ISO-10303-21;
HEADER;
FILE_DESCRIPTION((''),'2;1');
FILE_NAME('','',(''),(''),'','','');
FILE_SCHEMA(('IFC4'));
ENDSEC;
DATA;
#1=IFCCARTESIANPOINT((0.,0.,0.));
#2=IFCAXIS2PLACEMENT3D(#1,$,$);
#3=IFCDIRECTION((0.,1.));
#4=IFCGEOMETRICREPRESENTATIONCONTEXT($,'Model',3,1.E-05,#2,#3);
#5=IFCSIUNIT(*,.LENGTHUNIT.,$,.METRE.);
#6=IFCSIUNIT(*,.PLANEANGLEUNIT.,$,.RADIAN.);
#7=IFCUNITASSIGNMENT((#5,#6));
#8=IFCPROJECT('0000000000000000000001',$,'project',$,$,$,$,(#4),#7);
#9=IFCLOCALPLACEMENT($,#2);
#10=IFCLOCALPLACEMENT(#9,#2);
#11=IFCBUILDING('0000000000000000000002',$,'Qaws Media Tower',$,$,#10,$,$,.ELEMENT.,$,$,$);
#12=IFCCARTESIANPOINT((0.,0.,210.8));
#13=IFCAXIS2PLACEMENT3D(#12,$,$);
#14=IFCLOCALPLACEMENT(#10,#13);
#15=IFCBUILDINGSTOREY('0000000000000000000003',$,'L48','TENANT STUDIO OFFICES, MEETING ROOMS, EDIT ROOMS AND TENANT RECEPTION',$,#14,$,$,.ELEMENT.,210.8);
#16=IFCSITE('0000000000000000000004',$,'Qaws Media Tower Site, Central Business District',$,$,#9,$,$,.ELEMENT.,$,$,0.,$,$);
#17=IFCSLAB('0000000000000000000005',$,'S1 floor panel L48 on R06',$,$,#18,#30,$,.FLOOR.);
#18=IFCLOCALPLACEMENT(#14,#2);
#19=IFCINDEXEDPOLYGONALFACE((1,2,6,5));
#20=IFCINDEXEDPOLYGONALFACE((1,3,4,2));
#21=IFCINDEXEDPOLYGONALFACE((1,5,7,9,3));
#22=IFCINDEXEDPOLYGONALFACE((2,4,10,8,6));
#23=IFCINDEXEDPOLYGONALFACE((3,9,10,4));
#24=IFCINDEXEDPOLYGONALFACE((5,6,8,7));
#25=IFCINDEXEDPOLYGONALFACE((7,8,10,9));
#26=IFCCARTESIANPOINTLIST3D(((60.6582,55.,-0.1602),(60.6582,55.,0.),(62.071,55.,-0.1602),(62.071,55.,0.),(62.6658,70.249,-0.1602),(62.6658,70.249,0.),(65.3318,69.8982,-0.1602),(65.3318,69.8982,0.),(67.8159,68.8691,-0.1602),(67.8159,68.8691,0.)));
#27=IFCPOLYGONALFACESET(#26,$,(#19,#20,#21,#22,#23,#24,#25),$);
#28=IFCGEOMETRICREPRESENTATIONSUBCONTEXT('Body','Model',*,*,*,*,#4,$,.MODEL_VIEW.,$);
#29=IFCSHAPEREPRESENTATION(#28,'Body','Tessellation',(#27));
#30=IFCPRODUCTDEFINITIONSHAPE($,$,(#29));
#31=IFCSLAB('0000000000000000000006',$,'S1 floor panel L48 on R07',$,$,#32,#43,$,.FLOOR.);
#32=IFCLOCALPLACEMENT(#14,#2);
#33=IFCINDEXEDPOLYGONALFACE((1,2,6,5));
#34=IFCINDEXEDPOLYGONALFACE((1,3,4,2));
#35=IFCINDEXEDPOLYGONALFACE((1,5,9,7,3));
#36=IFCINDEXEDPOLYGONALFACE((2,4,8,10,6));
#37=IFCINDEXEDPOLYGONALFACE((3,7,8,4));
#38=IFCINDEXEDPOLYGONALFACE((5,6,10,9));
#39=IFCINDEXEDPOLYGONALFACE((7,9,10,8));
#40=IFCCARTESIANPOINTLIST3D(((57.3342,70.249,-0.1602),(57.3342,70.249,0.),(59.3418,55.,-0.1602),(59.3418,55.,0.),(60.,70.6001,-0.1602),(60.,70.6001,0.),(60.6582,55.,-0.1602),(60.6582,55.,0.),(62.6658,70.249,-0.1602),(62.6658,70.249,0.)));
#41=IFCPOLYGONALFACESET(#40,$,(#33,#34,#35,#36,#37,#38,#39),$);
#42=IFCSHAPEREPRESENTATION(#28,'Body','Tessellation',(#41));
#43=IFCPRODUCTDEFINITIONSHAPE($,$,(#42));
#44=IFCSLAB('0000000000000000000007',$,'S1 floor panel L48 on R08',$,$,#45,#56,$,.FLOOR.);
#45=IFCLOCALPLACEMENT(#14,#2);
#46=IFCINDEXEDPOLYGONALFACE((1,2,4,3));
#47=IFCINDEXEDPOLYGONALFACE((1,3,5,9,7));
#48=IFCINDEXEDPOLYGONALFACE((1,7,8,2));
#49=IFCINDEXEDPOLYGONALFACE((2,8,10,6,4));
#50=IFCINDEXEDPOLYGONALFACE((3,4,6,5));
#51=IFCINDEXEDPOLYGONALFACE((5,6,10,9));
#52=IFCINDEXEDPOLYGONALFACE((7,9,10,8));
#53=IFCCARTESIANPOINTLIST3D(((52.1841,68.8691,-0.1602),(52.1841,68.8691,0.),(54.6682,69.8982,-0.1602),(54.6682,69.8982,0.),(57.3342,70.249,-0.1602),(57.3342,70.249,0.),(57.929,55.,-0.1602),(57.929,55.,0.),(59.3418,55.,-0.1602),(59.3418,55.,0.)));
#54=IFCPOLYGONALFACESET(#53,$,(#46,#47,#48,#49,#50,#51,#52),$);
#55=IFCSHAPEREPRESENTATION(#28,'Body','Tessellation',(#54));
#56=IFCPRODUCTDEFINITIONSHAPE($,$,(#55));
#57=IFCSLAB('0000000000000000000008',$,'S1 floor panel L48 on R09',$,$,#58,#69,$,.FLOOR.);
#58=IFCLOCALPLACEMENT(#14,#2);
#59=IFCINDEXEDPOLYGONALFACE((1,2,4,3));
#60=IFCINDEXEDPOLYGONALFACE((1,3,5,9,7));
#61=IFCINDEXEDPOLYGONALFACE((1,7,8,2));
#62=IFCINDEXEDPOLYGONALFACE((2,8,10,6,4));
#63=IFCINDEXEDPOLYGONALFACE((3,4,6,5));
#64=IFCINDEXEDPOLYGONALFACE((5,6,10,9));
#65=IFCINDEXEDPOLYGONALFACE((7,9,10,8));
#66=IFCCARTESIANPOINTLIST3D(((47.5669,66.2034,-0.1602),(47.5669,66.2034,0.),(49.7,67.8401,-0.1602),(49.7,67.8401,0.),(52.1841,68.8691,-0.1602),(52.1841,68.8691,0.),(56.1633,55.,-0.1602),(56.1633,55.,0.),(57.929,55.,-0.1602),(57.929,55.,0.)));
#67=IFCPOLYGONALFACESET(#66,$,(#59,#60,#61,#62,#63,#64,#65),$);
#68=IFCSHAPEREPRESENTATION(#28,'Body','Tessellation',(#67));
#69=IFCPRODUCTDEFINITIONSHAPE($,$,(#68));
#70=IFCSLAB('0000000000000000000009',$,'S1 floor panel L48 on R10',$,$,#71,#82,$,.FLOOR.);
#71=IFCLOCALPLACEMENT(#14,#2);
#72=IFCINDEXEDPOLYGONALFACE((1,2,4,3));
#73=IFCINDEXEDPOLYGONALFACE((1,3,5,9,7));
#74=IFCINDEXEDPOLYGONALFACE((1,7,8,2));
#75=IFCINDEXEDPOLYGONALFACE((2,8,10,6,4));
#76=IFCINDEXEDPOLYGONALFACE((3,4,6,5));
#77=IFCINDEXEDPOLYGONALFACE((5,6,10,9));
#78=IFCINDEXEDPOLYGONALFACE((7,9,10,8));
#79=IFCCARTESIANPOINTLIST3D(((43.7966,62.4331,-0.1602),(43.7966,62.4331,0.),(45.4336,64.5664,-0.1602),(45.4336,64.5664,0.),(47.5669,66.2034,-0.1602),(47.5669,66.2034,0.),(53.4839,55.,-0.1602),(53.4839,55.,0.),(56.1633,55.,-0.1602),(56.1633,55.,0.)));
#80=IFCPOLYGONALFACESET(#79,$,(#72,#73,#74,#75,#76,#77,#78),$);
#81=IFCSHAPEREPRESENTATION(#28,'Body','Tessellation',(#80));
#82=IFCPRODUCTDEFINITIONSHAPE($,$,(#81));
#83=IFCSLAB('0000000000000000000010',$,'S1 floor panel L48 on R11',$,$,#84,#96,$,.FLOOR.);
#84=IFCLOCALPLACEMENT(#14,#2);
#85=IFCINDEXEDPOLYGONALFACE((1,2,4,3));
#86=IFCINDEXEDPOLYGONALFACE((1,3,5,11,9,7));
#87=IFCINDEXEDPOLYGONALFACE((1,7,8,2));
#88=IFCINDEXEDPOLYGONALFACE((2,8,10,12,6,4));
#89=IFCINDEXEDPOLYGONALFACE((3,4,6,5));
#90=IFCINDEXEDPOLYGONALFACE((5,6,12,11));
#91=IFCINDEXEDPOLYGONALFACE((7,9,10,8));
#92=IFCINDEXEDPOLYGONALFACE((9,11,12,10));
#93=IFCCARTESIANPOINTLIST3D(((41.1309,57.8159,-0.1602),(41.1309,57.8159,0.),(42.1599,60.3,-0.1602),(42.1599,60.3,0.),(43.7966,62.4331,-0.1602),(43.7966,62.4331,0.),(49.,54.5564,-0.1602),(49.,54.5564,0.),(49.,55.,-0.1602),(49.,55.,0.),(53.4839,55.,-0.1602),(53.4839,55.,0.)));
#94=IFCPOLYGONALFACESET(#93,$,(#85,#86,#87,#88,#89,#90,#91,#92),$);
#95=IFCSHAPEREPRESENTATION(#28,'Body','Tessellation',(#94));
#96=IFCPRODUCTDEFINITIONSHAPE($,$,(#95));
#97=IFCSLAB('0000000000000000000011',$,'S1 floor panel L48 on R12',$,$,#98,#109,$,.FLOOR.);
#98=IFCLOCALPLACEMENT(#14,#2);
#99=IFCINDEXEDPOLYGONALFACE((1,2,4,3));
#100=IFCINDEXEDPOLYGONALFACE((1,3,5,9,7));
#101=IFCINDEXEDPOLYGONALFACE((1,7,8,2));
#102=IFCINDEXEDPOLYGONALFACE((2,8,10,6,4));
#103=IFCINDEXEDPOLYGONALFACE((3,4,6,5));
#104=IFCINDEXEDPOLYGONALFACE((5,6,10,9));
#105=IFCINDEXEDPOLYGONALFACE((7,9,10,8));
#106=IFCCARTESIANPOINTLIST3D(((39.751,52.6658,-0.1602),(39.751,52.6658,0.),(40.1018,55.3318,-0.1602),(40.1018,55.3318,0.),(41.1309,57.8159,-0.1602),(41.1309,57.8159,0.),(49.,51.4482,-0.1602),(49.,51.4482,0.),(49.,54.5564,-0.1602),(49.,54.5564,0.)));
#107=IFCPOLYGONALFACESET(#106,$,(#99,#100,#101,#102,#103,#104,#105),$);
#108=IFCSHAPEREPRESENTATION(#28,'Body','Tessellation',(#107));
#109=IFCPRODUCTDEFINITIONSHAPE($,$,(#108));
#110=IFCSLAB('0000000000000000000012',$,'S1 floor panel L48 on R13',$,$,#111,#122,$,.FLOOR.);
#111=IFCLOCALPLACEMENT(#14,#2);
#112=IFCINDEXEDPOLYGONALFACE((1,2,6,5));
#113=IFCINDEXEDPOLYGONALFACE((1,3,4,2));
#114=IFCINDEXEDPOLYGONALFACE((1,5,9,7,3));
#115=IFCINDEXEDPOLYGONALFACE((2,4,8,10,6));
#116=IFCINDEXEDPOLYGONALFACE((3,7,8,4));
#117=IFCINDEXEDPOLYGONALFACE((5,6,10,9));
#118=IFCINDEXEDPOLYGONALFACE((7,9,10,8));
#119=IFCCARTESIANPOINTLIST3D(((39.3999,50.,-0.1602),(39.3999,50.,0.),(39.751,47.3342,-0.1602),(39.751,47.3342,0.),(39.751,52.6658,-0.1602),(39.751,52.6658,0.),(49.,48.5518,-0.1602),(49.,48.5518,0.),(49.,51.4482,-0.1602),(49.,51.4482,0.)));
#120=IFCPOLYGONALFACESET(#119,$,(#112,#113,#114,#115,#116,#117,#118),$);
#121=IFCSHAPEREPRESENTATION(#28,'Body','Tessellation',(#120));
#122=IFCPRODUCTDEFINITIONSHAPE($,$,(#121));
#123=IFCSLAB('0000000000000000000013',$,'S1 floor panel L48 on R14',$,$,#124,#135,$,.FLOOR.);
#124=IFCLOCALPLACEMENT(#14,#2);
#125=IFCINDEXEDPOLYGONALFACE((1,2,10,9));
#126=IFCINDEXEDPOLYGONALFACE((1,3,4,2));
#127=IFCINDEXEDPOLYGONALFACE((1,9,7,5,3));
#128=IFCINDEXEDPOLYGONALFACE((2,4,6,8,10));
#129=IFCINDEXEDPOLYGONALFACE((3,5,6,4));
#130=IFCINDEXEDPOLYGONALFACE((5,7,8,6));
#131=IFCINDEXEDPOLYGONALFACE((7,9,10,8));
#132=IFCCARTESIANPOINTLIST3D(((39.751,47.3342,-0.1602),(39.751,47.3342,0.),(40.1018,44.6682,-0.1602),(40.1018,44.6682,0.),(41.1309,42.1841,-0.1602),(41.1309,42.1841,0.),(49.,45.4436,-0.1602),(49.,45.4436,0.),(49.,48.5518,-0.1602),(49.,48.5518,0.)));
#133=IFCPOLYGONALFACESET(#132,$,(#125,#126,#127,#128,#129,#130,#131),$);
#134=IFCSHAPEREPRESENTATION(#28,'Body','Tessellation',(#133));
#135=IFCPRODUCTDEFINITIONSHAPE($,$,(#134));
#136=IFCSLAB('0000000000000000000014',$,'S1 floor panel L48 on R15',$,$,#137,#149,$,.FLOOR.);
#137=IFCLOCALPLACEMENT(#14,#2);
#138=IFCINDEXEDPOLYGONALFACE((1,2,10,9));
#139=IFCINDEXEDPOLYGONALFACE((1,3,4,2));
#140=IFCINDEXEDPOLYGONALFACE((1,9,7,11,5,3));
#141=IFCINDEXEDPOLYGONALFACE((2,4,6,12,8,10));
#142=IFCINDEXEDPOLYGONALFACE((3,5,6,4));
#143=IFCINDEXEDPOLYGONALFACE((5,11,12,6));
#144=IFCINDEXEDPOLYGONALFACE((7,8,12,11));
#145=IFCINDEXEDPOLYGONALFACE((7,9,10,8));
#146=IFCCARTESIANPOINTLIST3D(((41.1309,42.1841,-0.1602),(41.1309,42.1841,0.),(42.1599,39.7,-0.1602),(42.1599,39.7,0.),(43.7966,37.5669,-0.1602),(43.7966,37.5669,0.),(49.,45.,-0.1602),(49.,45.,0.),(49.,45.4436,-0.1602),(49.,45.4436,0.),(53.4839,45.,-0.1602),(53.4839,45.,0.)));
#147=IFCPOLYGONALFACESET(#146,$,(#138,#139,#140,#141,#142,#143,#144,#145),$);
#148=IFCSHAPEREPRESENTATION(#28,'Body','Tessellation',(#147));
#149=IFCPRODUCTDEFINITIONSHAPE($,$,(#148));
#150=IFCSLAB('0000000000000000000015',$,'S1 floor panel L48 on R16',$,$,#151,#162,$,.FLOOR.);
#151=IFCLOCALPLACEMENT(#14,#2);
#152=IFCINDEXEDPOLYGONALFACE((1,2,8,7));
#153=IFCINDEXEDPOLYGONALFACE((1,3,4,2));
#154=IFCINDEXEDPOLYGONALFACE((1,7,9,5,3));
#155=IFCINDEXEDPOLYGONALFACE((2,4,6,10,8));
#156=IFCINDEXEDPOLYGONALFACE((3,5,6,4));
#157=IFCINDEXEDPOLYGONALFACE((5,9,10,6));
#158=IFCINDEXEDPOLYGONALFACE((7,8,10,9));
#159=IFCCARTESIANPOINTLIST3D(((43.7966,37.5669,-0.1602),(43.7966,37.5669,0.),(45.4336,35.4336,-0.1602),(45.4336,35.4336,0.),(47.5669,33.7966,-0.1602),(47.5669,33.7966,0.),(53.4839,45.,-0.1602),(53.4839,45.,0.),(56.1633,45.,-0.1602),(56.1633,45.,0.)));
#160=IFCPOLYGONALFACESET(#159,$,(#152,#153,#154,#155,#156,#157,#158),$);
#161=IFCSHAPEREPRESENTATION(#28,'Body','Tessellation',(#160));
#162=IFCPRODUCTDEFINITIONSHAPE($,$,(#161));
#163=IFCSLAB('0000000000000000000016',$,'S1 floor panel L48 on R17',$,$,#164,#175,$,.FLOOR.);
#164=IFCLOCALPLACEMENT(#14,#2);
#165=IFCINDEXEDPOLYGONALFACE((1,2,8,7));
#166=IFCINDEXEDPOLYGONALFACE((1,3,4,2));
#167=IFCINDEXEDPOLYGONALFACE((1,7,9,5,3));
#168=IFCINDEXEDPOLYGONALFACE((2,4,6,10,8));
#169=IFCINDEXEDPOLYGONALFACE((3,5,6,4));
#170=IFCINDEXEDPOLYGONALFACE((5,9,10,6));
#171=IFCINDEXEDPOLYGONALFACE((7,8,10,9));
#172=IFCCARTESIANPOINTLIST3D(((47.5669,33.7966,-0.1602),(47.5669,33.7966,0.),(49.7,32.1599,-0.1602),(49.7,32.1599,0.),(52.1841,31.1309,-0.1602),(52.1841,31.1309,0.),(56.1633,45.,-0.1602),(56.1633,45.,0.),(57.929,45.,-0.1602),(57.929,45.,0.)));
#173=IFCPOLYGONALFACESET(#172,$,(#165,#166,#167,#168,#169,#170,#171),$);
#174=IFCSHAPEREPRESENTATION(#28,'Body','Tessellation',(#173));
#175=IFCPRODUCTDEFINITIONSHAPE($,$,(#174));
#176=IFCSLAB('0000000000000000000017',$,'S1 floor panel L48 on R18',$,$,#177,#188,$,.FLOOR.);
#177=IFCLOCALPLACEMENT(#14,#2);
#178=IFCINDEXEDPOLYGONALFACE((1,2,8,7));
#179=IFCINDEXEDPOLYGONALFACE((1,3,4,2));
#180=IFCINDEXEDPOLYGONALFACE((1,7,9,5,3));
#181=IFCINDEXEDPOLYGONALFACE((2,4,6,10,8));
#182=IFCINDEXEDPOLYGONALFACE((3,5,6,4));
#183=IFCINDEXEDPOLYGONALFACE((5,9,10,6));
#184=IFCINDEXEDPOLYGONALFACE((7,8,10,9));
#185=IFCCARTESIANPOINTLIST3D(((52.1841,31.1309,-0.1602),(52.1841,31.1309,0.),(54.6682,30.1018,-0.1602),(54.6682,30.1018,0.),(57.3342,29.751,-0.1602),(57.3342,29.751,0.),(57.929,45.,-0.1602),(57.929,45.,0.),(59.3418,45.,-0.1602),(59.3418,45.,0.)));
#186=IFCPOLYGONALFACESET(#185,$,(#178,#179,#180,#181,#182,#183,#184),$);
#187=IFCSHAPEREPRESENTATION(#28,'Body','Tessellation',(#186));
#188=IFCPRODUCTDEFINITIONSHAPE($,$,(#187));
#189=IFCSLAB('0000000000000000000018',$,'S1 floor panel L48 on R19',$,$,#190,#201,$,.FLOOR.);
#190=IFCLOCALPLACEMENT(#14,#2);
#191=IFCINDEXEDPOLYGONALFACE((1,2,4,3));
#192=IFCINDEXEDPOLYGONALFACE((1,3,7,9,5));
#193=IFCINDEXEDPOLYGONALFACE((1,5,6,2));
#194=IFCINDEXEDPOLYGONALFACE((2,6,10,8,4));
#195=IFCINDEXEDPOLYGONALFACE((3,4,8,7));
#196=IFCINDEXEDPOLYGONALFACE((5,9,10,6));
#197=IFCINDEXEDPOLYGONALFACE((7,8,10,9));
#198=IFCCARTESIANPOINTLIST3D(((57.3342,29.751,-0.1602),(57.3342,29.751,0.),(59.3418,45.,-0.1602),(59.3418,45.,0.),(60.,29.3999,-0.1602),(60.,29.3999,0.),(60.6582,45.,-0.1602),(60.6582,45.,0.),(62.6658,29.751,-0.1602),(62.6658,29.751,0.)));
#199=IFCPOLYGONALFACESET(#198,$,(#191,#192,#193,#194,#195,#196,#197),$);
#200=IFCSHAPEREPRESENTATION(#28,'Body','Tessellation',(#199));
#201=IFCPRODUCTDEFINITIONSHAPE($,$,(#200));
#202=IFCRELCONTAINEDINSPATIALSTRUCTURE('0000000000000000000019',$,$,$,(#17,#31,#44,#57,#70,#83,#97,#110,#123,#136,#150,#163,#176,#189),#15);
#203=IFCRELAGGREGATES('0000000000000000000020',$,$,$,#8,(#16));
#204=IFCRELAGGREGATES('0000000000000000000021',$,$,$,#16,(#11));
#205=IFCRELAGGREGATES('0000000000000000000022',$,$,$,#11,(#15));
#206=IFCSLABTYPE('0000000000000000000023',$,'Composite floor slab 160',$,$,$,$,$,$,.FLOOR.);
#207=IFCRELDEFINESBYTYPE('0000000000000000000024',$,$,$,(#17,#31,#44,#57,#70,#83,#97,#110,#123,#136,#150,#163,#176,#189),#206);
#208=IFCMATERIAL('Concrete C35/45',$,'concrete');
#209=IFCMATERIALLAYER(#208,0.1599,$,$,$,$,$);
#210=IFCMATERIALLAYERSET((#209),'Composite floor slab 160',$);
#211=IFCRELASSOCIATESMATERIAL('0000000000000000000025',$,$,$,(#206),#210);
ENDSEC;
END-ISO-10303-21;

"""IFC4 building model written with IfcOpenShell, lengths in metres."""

from ifc_helpers import new_model, si_unit, direction, frame, origin, place, context, subcontext, project, spatial, polyline, outline, extrude, material, layer, layer_set, type_object, element, save


model = new_model("IFC4")

# Units and contexts
model_context = context("Model", 3, precision=1e-05, world=origin(), true_north=direction((0.0, 1.0)))
body_context = subcontext(model_context, "Body", "Model", "MODEL_VIEW")
ifc_project = project(units=[si_unit("LENGTHUNIT", "METRE"), si_unit("PLANEANGLEUNIT", "RADIAN")], contexts=[model_context])

# Site, building, storey
site_placement = place(None, origin())
site = spatial("IfcSite", under=ifc_project, at=site_placement, Name="Qaws Media Tower Site, Central Business District", CompositionType="ELEMENT", RefElevation=0.0)
building_placement = place(site_placement, origin())
building = spatial("IfcBuilding", under=site, at=building_placement, Name="Qaws Media Tower", CompositionType="ELEMENT")
storey_placement = place(building_placement, frame((0.0, 0.0, 210.8)))
storey = spatial("IfcBuildingStorey", under=building, at=storey_placement, Name="L48", Description="TENANT STUDIO OFFICES, MEETING ROOMS, EDIT ROOMS AND TENANT RECEPTION", CompositionType="ELEMENT", Elevation=210.8)

# Slabs
ifc_material_1 = material(Name="Concrete C35/45", Category="concrete")
ifc_layer_1 = layer(ifc_material_1, 0.1599)
ifc_layer_set_1 = layer_set([ifc_layer_1], Name="Composite floor slab 160")
slab_type_1 = type_object("IfcSlabType", Name="Composite floor slab 160", PredefinedType="FLOOR", material=ifc_layer_set_1)
slab_1_placement = place(storey_placement, frame((0.0, 0.0, -0.1602)))
element("IfcSlab", 1, at=slab_1_placement, inside=storey, type_object=slab_type_1, Name="S1 floor panel L48 on R06", PredefinedType="FLOOR", context=body_context, shape_type="SweptSolid", body=[
    extrude(outline(polyline([(65.3318, 69.8982), (67.8159, 68.8691), (62.071, 55.0), (60.6582, 55.0), (62.6658, 70.249), (65.3318, 69.8982)])), origin(), (0.0, 0.0, 1.0), 0.1602),
])
slab_2_placement = place(storey_placement, frame((0.0, 0.0, -0.1602)))
element("IfcSlab", 2, at=slab_2_placement, inside=storey, type_object=slab_type_1, Name="S1 floor panel L48 on R07", PredefinedType="FLOOR", context=body_context, shape_type="SweptSolid", body=[
    extrude(outline(polyline([(60.0, 70.6001), (62.6658, 70.249), (60.6582, 55.0), (59.3418, 55.0), (57.3342, 70.249), (60.0, 70.6001)])), origin(), (0.0, 0.0, 1.0), 0.1602),
])
slab_3_placement = place(storey_placement, frame((0.0, 0.0, -0.1602)))
element("IfcSlab", 3, at=slab_3_placement, inside=storey, type_object=slab_type_1, Name="S1 floor panel L48 on R08", PredefinedType="FLOOR", context=body_context, shape_type="SweptSolid", body=[
    extrude(outline(polyline([(54.6682, 69.8982), (57.3342, 70.249), (59.3418, 55.0), (57.929, 55.0), (52.1841, 68.8691), (54.6682, 69.8982)])), origin(), (0.0, 0.0, 1.0), 0.1602),
])
slab_4_placement = place(storey_placement, frame((0.0, 0.0, -0.1602)))
element("IfcSlab", 4, at=slab_4_placement, inside=storey, type_object=slab_type_1, Name="S1 floor panel L48 on R09", PredefinedType="FLOOR", context=body_context, shape_type="SweptSolid", body=[
    extrude(outline(polyline([(49.7, 67.8401), (52.1841, 68.8691), (57.929, 55.0), (56.1633, 55.0), (47.5669, 66.2034), (49.7, 67.8401)])), origin(), (0.0, 0.0, 1.0), 0.1602),
])
slab_5_placement = place(storey_placement, frame((0.0, 0.0, -0.1602)))
element("IfcSlab", 5, at=slab_5_placement, inside=storey, type_object=slab_type_1, Name="S1 floor panel L48 on R10", PredefinedType="FLOOR", context=body_context, shape_type="SweptSolid", body=[
    extrude(outline(polyline([(45.4336, 64.5664), (47.5669, 66.2034), (56.1633, 55.0), (53.4839, 55.0), (43.7966, 62.4331), (45.4336, 64.5664)])), origin(), (0.0, 0.0, 1.0), 0.1602),
])
slab_6_placement = place(storey_placement, frame((0.0, 0.0, -0.1602)))
element("IfcSlab", 6, at=slab_6_placement, inside=storey, type_object=slab_type_1, Name="S1 floor panel L48 on R11", PredefinedType="FLOOR", context=body_context, shape_type="SweptSolid", body=[
    extrude(outline(polyline([(42.1599, 60.3), (43.7966, 62.4331), (53.4839, 55.0), (49.0, 55.0), (49.0, 54.5564), (41.1309, 57.8159), (42.1599, 60.3)])), origin(), (0.0, 0.0, 1.0), 0.1602),
])
slab_7_placement = place(storey_placement, frame((0.0, 0.0, -0.1602)))
element("IfcSlab", 7, at=slab_7_placement, inside=storey, type_object=slab_type_1, Name="S1 floor panel L48 on R12", PredefinedType="FLOOR", context=body_context, shape_type="SweptSolid", body=[
    extrude(outline(polyline([(40.1018, 55.3318), (41.1309, 57.8159), (49.0, 54.5564), (49.0, 51.4482), (39.751, 52.6658), (40.1018, 55.3318)])), origin(), (0.0, 0.0, 1.0), 0.1602),
])
slab_8_placement = place(storey_placement, frame((0.0, 0.0, -0.1602)))
element("IfcSlab", 8, at=slab_8_placement, inside=storey, type_object=slab_type_1, Name="S1 floor panel L48 on R13", PredefinedType="FLOOR", context=body_context, shape_type="SweptSolid", body=[
    extrude(outline(polyline([(39.3999, 50.0), (39.751, 52.6658), (49.0, 51.4482), (49.0, 48.5518), (39.751, 47.3342), (39.3999, 50.0)])), origin(), (0.0, 0.0, 1.0), 0.1602),
])
slab_9_placement = place(storey_placement, frame((0.0, 0.0, -0.1602)))
element("IfcSlab", 9, at=slab_9_placement, inside=storey, type_object=slab_type_1, Name="S1 floor panel L48 on R14", PredefinedType="FLOOR", context=body_context, shape_type="SweptSolid", body=[
    extrude(outline(polyline([(40.1018, 44.6682), (39.751, 47.3342), (49.0, 48.5518), (49.0, 45.4436), (41.1309, 42.1841), (40.1018, 44.6682)])), origin(), (0.0, 0.0, 1.0), 0.1602),
])
slab_10_placement = place(storey_placement, frame((0.0, 0.0, -0.1602)))
element("IfcSlab", 10, at=slab_10_placement, inside=storey, type_object=slab_type_1, Name="S1 floor panel L48 on R15", PredefinedType="FLOOR", context=body_context, shape_type="SweptSolid", body=[
    extrude(outline(polyline([(42.1599, 39.7), (41.1309, 42.1841), (49.0, 45.4436), (49.0, 45.0), (53.4839, 45.0), (43.7966, 37.5669), (42.1599, 39.7)])), origin(), (0.0, 0.0, 1.0), 0.1602),
])
slab_11_placement = place(storey_placement, frame((0.0, 0.0, -0.1602)))
element("IfcSlab", 11, at=slab_11_placement, inside=storey, type_object=slab_type_1, Name="S1 floor panel L48 on R16", PredefinedType="FLOOR", context=body_context, shape_type="SweptSolid", body=[
    extrude(outline(polyline([(45.4336, 35.4336), (43.7966, 37.5669), (53.4839, 45.0), (56.1633, 45.0), (47.5669, 33.7966), (45.4336, 35.4336)])), origin(), (0.0, 0.0, 1.0), 0.1602),
])
slab_12_placement = place(storey_placement, frame((0.0, 0.0, -0.1602)))
element("IfcSlab", 12, at=slab_12_placement, inside=storey, type_object=slab_type_1, Name="S1 floor panel L48 on R17", PredefinedType="FLOOR", context=body_context, shape_type="SweptSolid", body=[
    extrude(outline(polyline([(49.7, 32.1599), (47.5669, 33.7966), (56.1633, 45.0), (57.929, 45.0), (52.1841, 31.1309), (49.7, 32.1599)])), origin(), (0.0, 0.0, 1.0), 0.1602),
])
slab_13_placement = place(storey_placement, frame((0.0, 0.0, -0.1602)))
element("IfcSlab", 13, at=slab_13_placement, inside=storey, type_object=slab_type_1, Name="S1 floor panel L48 on R18", PredefinedType="FLOOR", context=body_context, shape_type="SweptSolid", body=[
    extrude(outline(polyline([(54.6682, 30.1018), (52.1841, 31.1309), (57.929, 45.0), (59.3418, 45.0), (57.3342, 29.751), (54.6682, 30.1018)])), origin(), (0.0, 0.0, 1.0), 0.1602),
])
slab_14_placement = place(storey_placement, frame((0.0, 0.0, -0.1602)))
element("IfcSlab", 14, at=slab_14_placement, inside=storey, type_object=slab_type_1, Name="S1 floor panel L48 on R19", PredefinedType="FLOOR", context=body_context, shape_type="SweptSolid", body=[
    extrude(outline(polyline([(60.0, 29.3999), (57.3342, 29.751), (59.3418, 45.0), (60.6582, 45.0), (62.6658, 29.751), (60.0, 29.3999)])), origin(), (0.0, 0.0, 1.0), 0.1602),
])

save(model, "model.ifc")
